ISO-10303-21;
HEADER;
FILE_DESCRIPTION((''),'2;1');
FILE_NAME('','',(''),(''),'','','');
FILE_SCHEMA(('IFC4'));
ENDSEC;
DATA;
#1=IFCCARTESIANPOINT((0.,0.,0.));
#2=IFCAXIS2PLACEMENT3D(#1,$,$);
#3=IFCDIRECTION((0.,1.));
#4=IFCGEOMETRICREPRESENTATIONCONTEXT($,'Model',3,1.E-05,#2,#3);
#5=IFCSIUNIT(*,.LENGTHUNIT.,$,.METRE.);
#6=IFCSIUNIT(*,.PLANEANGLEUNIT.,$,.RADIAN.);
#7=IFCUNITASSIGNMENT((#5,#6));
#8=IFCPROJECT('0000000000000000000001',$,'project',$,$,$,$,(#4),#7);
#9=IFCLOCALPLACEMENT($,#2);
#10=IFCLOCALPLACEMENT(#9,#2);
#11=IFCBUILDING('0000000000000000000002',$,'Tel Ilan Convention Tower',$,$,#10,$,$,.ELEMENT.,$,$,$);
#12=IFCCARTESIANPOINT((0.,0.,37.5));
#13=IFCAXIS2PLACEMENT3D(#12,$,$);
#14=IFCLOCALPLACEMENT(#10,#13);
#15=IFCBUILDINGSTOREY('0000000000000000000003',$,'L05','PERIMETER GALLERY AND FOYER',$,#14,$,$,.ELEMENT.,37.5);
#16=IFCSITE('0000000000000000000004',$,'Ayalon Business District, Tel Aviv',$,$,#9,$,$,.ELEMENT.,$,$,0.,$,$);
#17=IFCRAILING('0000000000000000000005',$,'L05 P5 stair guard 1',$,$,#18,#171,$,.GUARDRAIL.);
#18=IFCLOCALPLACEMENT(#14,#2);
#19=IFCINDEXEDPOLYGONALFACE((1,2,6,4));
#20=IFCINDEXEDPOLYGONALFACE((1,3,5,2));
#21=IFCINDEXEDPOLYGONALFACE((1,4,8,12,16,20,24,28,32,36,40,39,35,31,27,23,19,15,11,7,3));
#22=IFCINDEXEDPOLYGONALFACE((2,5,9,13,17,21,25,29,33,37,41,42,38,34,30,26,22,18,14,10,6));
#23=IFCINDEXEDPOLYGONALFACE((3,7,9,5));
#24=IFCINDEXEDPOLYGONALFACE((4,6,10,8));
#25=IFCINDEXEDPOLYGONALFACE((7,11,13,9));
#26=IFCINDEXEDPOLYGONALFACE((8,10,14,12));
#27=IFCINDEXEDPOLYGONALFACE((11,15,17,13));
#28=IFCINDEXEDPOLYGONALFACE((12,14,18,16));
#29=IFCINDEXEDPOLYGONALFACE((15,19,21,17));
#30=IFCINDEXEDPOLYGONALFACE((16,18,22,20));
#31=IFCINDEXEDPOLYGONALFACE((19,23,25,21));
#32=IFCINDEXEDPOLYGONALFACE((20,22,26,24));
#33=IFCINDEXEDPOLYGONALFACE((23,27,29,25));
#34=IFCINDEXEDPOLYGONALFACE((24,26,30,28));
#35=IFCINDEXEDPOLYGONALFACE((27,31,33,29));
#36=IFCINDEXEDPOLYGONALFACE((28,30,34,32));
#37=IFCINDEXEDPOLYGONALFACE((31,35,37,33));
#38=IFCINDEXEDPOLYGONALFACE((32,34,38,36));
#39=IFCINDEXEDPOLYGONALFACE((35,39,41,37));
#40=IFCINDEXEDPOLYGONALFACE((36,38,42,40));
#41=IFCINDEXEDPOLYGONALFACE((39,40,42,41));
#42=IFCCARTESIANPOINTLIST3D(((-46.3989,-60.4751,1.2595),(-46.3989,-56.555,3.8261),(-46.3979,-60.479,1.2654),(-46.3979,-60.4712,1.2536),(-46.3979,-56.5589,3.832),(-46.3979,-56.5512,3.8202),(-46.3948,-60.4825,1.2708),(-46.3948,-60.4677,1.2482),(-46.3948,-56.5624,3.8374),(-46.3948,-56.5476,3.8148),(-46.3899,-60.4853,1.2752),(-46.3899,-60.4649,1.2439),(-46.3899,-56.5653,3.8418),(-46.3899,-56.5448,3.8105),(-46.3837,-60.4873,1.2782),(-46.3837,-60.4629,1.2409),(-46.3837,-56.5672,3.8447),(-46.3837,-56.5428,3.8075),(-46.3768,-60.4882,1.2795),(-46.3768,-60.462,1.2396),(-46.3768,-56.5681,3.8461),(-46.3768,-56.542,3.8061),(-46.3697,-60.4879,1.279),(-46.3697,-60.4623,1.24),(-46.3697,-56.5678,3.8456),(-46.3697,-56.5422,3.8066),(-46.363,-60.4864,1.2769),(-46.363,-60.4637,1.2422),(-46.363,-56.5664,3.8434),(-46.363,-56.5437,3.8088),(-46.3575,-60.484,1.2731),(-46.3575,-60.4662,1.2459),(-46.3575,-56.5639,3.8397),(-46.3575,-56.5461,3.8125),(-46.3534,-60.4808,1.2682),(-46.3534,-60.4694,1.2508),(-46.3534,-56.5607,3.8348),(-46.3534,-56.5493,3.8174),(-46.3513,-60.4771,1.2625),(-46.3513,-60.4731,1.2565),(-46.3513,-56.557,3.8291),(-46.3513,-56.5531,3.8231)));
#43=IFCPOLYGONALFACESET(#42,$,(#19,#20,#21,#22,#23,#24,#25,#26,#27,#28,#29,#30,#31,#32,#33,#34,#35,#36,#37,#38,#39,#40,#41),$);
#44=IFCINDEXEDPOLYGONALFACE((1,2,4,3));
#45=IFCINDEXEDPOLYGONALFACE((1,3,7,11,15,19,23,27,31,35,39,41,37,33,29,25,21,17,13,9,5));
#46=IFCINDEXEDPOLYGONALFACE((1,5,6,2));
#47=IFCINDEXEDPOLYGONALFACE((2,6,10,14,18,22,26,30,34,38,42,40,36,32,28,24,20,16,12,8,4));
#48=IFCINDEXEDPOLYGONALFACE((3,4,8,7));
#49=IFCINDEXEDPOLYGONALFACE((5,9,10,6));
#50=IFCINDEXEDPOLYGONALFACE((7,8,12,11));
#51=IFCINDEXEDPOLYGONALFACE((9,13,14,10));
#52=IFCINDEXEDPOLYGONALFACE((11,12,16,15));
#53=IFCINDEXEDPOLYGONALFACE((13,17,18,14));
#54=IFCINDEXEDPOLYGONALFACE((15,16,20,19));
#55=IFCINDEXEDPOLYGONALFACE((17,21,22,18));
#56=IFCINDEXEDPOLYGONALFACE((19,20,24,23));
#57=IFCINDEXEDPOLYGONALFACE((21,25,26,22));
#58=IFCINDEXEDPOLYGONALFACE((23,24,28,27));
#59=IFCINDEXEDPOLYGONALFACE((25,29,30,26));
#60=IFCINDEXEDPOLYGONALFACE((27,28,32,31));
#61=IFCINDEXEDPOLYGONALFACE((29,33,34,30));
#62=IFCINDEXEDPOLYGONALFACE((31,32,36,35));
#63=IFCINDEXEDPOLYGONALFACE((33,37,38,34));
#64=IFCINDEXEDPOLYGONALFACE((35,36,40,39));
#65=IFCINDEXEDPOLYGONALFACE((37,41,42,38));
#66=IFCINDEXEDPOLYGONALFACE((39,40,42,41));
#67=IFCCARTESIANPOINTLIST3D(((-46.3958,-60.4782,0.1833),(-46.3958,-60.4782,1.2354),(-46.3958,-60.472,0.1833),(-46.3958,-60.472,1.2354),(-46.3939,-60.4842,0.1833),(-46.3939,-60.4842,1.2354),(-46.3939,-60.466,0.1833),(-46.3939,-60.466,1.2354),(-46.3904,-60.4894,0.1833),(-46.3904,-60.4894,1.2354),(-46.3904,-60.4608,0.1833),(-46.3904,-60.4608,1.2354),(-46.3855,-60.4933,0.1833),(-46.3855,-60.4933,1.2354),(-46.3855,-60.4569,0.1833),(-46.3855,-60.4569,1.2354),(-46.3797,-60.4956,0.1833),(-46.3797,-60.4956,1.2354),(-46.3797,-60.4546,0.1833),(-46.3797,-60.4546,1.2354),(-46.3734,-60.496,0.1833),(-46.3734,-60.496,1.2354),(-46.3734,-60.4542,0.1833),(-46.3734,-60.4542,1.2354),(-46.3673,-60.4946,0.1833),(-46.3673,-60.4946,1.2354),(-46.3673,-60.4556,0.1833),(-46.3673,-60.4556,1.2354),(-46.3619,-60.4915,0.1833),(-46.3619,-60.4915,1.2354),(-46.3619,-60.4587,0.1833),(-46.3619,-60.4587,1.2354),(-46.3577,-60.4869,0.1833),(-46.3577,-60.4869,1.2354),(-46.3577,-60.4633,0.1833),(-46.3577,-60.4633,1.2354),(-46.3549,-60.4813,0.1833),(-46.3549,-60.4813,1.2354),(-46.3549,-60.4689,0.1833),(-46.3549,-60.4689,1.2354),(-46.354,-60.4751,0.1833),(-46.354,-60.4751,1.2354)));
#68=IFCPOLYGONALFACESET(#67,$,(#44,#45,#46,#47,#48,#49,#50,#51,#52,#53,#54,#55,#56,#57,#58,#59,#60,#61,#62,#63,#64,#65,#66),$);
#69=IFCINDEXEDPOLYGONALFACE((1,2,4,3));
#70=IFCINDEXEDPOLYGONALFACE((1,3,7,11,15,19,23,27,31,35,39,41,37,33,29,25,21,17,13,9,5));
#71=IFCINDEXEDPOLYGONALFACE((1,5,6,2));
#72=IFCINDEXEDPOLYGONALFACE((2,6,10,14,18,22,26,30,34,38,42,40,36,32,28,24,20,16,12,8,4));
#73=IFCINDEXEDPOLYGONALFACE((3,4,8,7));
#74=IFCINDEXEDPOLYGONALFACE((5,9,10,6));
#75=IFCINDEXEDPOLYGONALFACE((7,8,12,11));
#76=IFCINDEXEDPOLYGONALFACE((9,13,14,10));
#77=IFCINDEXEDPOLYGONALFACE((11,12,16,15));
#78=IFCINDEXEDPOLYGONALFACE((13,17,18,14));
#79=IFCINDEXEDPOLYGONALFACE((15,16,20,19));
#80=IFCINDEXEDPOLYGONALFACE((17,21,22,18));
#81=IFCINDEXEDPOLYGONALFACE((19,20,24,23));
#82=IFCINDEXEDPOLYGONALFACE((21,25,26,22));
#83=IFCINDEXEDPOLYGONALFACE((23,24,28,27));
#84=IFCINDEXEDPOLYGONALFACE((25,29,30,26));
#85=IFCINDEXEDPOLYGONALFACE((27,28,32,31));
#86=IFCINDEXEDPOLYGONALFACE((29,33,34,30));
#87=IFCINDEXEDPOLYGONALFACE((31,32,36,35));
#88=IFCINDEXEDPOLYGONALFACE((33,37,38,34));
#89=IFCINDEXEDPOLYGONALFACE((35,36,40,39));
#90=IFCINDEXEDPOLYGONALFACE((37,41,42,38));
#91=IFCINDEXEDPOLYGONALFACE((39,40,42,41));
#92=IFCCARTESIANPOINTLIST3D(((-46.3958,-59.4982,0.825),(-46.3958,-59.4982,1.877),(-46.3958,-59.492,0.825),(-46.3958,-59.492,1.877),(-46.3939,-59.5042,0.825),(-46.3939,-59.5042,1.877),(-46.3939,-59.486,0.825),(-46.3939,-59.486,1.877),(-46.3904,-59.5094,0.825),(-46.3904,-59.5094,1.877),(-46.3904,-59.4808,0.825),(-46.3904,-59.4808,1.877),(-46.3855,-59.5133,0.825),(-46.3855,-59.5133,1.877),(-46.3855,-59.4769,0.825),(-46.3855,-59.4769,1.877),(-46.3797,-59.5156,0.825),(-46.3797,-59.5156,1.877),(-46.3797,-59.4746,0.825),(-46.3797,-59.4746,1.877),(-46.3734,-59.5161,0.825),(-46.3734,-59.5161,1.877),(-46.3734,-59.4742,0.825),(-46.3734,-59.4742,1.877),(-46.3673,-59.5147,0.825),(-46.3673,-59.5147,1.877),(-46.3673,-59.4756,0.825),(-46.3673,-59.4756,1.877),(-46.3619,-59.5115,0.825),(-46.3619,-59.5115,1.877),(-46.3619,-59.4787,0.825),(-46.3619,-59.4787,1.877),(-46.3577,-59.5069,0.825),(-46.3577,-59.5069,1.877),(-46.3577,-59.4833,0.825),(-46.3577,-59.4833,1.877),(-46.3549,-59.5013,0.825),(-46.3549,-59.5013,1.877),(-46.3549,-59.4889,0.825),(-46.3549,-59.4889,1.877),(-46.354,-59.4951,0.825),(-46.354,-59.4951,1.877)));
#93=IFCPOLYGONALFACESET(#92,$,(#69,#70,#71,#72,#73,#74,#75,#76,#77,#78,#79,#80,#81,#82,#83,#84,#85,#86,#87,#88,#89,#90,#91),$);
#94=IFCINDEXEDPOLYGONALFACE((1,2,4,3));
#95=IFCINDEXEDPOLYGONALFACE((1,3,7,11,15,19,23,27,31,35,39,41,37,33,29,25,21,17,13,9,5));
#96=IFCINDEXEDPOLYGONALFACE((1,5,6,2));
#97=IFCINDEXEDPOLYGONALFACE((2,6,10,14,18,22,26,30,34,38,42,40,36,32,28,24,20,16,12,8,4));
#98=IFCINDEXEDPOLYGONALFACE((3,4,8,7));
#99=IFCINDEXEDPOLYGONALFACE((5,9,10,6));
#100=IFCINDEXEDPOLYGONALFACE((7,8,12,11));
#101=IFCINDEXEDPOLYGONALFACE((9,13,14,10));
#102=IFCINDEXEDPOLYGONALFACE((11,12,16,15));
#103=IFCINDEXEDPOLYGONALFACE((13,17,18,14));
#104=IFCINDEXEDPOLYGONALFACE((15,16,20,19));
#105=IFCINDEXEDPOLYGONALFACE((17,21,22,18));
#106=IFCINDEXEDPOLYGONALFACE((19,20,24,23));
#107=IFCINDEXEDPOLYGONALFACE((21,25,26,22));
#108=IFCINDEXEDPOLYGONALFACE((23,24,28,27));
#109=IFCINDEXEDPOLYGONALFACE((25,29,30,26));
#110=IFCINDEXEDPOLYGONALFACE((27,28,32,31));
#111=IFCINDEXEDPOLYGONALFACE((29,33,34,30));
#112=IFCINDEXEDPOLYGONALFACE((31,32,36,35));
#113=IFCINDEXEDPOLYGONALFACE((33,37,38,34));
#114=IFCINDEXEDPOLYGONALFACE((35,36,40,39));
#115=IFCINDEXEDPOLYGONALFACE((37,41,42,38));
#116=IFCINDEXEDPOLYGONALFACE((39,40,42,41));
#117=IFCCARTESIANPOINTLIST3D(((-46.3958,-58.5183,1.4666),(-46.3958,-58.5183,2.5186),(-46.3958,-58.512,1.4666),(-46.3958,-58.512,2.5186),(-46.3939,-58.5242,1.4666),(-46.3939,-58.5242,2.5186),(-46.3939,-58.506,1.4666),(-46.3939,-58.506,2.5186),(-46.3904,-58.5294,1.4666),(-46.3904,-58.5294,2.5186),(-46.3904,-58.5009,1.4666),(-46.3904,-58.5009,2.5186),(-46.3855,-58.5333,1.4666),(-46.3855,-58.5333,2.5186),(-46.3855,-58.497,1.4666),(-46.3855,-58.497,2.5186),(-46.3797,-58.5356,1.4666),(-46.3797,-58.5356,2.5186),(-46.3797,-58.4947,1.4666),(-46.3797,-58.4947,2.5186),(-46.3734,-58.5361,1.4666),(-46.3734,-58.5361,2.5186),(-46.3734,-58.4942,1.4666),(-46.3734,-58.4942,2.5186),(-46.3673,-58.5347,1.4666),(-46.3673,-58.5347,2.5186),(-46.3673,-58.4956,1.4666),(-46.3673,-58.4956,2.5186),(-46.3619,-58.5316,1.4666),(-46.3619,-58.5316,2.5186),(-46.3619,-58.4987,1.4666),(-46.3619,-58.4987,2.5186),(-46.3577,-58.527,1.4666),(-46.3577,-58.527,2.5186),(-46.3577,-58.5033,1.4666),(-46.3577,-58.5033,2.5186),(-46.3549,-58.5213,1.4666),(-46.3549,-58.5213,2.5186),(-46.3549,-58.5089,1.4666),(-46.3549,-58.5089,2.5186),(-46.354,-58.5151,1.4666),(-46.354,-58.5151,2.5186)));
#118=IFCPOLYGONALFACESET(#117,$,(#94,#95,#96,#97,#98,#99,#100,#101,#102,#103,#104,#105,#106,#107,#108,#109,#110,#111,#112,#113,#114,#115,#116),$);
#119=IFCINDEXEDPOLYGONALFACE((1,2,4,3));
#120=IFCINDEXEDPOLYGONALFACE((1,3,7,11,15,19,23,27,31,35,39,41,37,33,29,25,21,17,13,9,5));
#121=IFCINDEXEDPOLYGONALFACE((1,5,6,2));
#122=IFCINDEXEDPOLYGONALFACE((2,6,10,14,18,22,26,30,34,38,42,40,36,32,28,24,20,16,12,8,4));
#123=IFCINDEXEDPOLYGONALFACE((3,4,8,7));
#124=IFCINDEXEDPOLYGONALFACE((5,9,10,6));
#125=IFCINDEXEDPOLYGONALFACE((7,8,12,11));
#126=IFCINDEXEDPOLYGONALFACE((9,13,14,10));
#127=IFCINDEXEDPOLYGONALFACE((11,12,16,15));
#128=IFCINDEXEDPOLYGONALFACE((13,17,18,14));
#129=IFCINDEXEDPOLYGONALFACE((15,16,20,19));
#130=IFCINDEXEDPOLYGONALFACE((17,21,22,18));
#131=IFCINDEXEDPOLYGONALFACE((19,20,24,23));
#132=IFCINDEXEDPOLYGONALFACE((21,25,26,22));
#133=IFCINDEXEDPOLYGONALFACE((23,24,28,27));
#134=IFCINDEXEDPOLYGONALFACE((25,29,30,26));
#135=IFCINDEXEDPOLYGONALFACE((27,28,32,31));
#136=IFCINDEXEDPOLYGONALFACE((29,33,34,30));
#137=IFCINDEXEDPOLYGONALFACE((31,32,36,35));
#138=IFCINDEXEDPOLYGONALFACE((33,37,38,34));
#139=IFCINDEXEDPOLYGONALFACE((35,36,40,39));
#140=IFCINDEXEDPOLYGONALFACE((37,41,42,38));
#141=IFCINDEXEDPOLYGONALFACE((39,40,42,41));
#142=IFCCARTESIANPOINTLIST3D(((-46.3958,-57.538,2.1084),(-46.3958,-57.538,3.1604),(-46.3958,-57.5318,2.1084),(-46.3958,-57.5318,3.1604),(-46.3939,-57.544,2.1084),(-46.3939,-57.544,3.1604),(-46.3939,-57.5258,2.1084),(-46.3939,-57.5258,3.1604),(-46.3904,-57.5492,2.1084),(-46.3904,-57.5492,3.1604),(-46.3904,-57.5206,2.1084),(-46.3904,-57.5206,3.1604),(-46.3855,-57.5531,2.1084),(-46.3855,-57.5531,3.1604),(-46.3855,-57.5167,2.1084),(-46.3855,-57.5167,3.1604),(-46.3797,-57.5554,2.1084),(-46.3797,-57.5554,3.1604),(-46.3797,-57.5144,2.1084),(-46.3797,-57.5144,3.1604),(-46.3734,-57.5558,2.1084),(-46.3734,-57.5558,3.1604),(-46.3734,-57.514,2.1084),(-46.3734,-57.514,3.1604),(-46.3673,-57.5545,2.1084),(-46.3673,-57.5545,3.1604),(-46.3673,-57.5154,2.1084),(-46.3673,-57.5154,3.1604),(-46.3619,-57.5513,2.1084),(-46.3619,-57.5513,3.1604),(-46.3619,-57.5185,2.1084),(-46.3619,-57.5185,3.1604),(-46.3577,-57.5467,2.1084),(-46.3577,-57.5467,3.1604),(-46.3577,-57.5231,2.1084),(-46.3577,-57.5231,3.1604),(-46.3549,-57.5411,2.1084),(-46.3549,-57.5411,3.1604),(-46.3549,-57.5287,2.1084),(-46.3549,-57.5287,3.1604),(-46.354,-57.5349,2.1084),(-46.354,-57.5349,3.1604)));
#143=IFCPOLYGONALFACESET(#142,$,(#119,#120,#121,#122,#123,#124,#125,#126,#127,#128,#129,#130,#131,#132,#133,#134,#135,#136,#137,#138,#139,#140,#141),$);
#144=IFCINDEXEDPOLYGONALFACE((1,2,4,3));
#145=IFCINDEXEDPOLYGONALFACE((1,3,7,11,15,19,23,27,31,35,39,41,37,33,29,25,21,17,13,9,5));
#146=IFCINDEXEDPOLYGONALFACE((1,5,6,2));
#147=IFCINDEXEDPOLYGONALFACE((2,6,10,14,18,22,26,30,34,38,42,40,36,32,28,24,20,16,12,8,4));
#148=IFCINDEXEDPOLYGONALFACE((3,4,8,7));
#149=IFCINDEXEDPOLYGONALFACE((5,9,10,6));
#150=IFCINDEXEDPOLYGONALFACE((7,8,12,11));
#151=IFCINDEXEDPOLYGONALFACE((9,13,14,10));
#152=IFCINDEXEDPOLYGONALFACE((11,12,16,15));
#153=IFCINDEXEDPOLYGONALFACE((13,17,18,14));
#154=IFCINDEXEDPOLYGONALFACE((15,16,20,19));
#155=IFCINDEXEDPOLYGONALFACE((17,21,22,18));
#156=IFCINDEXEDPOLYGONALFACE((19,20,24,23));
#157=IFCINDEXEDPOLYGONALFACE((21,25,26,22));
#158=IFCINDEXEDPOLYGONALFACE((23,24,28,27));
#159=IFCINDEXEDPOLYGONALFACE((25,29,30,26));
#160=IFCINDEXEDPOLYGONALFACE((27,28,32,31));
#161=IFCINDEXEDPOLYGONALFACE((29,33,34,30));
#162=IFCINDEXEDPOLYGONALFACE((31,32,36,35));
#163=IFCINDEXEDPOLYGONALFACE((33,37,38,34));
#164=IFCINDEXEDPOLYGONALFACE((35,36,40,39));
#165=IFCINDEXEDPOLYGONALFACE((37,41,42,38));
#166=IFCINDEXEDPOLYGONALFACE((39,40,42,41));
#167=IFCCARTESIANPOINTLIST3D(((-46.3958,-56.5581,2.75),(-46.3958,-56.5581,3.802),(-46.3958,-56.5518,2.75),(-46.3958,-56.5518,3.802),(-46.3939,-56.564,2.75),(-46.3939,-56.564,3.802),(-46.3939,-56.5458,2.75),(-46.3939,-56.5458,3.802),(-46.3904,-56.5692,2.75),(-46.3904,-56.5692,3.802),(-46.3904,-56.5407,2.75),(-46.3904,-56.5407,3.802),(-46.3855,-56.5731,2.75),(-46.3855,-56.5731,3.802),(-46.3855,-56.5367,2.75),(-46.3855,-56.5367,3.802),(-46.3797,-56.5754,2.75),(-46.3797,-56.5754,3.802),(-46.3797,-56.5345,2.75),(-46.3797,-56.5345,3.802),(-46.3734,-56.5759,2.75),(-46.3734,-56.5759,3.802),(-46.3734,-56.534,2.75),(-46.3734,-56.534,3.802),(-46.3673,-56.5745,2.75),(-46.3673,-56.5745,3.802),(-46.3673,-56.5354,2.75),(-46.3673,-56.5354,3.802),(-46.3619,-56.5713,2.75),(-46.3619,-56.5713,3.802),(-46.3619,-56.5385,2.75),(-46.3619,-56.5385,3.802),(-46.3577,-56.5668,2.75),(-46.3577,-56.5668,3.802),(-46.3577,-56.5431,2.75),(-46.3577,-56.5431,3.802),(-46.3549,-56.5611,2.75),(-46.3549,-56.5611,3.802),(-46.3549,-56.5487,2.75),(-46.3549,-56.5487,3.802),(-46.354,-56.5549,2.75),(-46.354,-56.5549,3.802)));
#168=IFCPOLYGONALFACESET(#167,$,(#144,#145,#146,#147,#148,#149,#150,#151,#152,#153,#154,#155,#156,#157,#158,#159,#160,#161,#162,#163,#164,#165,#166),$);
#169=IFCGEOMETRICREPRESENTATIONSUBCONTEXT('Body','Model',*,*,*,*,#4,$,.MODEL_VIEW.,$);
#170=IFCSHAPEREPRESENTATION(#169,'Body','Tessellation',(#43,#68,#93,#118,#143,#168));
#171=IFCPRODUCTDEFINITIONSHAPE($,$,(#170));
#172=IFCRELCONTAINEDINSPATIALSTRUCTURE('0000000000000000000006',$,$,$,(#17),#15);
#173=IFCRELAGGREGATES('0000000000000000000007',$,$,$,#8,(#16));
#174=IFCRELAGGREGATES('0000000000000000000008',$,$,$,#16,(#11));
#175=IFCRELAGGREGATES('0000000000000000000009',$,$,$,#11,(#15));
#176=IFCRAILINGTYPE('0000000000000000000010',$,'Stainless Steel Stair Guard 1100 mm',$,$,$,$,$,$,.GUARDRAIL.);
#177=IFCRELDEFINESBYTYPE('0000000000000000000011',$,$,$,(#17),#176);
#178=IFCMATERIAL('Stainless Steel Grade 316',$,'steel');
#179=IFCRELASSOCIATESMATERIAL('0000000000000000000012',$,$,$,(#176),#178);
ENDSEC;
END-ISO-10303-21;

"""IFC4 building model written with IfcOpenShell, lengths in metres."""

from ifc_helpers import new_model, si_unit, direction, frame, origin, origin_2d, place, context, subcontext, project, spatial, circle, extrude, material, type_object, element, save


model = new_model("IFC4")

# Units and contexts
model_context = context("Model", 3, precision=1e-05, world=origin(), true_north=direction((0.0, 1.0)))
body_context = subcontext(model_context, "Body", "Model", "MODEL_VIEW")
ifc_project = project(units=[si_unit("LENGTHUNIT", "METRE"), si_unit("PLANEANGLEUNIT", "RADIAN")], contexts=[model_context])

# Site, building, storey
site_placement = place(None, origin())
site = spatial("IfcSite", under=ifc_project, at=site_placement, Name="Ayalon Business District, Tel Aviv", CompositionType="ELEMENT", RefElevation=0.0)
building_placement = place(site_placement, origin())
building = spatial("IfcBuilding", under=site, at=building_placement, Name="Tel Ilan Convention Tower", CompositionType="ELEMENT")
storey_placement = place(building_placement, frame((0.0, 0.0, 37.5)))
storey = spatial("IfcBuildingStorey", under=building, at=storey_placement, Name="L05", Description="PERIMETER GALLERY AND FOYER", CompositionType="ELEMENT", Elevation=37.5)

# Railing
ifc_material_1 = material(Name="Stainless Steel Grade 316", Category="steel")
railing_type_1 = type_object("IfcRailingType", Name="Stainless Steel Stair Guard 1100 mm", PredefinedType="GUARDRAIL", material=ifc_material_1)
railing_1_placement = place(storey_placement, frame((-46.375, -60.4751, 0.1833)))
element("IfcRailing", 1, at=railing_1_placement, inside=storey, type_object=railing_type_1, Name="L05 P5 stair guard 1", PredefinedType="GUARDRAIL", context=body_context, shape_type="SweptSolid", body=[
    extrude(circle(Radius=0.0239, at=origin_2d()), frame((0.0, 0.0, 1.0762), z_axis=(0.0, 0.836631, 0.547767), x_axis=(-1.0, 0.0, 0.0)), (0.0, 0.0, 1.0), 4.6855),
    extrude(circle(Radius=0.021, at=origin_2d()), origin(), (0.0, 0.0, 1.0), 1.052),
    extrude(circle(Radius=0.021, at=origin_2d()), frame((0.0, 0.98, 0.6416)), (0.0, 0.0, 1.0), 1.052),
    extrude(circle(Radius=0.021, at=origin_2d()), frame((0.0, 1.96, 1.2832)), (0.0, 0.0, 1.0), 1.052),
    extrude(circle(Radius=0.021, at=origin_2d()), frame((0.0, 2.9402, 1.925)), (0.0, 0.0, 1.0), 1.052),
    extrude(circle(Radius=0.021, at=origin_2d()), frame((0.0, 3.9202, 2.5667)), (0.0, 0.0, 1.0), 1.052),
])

save(model, "model.ifc")
